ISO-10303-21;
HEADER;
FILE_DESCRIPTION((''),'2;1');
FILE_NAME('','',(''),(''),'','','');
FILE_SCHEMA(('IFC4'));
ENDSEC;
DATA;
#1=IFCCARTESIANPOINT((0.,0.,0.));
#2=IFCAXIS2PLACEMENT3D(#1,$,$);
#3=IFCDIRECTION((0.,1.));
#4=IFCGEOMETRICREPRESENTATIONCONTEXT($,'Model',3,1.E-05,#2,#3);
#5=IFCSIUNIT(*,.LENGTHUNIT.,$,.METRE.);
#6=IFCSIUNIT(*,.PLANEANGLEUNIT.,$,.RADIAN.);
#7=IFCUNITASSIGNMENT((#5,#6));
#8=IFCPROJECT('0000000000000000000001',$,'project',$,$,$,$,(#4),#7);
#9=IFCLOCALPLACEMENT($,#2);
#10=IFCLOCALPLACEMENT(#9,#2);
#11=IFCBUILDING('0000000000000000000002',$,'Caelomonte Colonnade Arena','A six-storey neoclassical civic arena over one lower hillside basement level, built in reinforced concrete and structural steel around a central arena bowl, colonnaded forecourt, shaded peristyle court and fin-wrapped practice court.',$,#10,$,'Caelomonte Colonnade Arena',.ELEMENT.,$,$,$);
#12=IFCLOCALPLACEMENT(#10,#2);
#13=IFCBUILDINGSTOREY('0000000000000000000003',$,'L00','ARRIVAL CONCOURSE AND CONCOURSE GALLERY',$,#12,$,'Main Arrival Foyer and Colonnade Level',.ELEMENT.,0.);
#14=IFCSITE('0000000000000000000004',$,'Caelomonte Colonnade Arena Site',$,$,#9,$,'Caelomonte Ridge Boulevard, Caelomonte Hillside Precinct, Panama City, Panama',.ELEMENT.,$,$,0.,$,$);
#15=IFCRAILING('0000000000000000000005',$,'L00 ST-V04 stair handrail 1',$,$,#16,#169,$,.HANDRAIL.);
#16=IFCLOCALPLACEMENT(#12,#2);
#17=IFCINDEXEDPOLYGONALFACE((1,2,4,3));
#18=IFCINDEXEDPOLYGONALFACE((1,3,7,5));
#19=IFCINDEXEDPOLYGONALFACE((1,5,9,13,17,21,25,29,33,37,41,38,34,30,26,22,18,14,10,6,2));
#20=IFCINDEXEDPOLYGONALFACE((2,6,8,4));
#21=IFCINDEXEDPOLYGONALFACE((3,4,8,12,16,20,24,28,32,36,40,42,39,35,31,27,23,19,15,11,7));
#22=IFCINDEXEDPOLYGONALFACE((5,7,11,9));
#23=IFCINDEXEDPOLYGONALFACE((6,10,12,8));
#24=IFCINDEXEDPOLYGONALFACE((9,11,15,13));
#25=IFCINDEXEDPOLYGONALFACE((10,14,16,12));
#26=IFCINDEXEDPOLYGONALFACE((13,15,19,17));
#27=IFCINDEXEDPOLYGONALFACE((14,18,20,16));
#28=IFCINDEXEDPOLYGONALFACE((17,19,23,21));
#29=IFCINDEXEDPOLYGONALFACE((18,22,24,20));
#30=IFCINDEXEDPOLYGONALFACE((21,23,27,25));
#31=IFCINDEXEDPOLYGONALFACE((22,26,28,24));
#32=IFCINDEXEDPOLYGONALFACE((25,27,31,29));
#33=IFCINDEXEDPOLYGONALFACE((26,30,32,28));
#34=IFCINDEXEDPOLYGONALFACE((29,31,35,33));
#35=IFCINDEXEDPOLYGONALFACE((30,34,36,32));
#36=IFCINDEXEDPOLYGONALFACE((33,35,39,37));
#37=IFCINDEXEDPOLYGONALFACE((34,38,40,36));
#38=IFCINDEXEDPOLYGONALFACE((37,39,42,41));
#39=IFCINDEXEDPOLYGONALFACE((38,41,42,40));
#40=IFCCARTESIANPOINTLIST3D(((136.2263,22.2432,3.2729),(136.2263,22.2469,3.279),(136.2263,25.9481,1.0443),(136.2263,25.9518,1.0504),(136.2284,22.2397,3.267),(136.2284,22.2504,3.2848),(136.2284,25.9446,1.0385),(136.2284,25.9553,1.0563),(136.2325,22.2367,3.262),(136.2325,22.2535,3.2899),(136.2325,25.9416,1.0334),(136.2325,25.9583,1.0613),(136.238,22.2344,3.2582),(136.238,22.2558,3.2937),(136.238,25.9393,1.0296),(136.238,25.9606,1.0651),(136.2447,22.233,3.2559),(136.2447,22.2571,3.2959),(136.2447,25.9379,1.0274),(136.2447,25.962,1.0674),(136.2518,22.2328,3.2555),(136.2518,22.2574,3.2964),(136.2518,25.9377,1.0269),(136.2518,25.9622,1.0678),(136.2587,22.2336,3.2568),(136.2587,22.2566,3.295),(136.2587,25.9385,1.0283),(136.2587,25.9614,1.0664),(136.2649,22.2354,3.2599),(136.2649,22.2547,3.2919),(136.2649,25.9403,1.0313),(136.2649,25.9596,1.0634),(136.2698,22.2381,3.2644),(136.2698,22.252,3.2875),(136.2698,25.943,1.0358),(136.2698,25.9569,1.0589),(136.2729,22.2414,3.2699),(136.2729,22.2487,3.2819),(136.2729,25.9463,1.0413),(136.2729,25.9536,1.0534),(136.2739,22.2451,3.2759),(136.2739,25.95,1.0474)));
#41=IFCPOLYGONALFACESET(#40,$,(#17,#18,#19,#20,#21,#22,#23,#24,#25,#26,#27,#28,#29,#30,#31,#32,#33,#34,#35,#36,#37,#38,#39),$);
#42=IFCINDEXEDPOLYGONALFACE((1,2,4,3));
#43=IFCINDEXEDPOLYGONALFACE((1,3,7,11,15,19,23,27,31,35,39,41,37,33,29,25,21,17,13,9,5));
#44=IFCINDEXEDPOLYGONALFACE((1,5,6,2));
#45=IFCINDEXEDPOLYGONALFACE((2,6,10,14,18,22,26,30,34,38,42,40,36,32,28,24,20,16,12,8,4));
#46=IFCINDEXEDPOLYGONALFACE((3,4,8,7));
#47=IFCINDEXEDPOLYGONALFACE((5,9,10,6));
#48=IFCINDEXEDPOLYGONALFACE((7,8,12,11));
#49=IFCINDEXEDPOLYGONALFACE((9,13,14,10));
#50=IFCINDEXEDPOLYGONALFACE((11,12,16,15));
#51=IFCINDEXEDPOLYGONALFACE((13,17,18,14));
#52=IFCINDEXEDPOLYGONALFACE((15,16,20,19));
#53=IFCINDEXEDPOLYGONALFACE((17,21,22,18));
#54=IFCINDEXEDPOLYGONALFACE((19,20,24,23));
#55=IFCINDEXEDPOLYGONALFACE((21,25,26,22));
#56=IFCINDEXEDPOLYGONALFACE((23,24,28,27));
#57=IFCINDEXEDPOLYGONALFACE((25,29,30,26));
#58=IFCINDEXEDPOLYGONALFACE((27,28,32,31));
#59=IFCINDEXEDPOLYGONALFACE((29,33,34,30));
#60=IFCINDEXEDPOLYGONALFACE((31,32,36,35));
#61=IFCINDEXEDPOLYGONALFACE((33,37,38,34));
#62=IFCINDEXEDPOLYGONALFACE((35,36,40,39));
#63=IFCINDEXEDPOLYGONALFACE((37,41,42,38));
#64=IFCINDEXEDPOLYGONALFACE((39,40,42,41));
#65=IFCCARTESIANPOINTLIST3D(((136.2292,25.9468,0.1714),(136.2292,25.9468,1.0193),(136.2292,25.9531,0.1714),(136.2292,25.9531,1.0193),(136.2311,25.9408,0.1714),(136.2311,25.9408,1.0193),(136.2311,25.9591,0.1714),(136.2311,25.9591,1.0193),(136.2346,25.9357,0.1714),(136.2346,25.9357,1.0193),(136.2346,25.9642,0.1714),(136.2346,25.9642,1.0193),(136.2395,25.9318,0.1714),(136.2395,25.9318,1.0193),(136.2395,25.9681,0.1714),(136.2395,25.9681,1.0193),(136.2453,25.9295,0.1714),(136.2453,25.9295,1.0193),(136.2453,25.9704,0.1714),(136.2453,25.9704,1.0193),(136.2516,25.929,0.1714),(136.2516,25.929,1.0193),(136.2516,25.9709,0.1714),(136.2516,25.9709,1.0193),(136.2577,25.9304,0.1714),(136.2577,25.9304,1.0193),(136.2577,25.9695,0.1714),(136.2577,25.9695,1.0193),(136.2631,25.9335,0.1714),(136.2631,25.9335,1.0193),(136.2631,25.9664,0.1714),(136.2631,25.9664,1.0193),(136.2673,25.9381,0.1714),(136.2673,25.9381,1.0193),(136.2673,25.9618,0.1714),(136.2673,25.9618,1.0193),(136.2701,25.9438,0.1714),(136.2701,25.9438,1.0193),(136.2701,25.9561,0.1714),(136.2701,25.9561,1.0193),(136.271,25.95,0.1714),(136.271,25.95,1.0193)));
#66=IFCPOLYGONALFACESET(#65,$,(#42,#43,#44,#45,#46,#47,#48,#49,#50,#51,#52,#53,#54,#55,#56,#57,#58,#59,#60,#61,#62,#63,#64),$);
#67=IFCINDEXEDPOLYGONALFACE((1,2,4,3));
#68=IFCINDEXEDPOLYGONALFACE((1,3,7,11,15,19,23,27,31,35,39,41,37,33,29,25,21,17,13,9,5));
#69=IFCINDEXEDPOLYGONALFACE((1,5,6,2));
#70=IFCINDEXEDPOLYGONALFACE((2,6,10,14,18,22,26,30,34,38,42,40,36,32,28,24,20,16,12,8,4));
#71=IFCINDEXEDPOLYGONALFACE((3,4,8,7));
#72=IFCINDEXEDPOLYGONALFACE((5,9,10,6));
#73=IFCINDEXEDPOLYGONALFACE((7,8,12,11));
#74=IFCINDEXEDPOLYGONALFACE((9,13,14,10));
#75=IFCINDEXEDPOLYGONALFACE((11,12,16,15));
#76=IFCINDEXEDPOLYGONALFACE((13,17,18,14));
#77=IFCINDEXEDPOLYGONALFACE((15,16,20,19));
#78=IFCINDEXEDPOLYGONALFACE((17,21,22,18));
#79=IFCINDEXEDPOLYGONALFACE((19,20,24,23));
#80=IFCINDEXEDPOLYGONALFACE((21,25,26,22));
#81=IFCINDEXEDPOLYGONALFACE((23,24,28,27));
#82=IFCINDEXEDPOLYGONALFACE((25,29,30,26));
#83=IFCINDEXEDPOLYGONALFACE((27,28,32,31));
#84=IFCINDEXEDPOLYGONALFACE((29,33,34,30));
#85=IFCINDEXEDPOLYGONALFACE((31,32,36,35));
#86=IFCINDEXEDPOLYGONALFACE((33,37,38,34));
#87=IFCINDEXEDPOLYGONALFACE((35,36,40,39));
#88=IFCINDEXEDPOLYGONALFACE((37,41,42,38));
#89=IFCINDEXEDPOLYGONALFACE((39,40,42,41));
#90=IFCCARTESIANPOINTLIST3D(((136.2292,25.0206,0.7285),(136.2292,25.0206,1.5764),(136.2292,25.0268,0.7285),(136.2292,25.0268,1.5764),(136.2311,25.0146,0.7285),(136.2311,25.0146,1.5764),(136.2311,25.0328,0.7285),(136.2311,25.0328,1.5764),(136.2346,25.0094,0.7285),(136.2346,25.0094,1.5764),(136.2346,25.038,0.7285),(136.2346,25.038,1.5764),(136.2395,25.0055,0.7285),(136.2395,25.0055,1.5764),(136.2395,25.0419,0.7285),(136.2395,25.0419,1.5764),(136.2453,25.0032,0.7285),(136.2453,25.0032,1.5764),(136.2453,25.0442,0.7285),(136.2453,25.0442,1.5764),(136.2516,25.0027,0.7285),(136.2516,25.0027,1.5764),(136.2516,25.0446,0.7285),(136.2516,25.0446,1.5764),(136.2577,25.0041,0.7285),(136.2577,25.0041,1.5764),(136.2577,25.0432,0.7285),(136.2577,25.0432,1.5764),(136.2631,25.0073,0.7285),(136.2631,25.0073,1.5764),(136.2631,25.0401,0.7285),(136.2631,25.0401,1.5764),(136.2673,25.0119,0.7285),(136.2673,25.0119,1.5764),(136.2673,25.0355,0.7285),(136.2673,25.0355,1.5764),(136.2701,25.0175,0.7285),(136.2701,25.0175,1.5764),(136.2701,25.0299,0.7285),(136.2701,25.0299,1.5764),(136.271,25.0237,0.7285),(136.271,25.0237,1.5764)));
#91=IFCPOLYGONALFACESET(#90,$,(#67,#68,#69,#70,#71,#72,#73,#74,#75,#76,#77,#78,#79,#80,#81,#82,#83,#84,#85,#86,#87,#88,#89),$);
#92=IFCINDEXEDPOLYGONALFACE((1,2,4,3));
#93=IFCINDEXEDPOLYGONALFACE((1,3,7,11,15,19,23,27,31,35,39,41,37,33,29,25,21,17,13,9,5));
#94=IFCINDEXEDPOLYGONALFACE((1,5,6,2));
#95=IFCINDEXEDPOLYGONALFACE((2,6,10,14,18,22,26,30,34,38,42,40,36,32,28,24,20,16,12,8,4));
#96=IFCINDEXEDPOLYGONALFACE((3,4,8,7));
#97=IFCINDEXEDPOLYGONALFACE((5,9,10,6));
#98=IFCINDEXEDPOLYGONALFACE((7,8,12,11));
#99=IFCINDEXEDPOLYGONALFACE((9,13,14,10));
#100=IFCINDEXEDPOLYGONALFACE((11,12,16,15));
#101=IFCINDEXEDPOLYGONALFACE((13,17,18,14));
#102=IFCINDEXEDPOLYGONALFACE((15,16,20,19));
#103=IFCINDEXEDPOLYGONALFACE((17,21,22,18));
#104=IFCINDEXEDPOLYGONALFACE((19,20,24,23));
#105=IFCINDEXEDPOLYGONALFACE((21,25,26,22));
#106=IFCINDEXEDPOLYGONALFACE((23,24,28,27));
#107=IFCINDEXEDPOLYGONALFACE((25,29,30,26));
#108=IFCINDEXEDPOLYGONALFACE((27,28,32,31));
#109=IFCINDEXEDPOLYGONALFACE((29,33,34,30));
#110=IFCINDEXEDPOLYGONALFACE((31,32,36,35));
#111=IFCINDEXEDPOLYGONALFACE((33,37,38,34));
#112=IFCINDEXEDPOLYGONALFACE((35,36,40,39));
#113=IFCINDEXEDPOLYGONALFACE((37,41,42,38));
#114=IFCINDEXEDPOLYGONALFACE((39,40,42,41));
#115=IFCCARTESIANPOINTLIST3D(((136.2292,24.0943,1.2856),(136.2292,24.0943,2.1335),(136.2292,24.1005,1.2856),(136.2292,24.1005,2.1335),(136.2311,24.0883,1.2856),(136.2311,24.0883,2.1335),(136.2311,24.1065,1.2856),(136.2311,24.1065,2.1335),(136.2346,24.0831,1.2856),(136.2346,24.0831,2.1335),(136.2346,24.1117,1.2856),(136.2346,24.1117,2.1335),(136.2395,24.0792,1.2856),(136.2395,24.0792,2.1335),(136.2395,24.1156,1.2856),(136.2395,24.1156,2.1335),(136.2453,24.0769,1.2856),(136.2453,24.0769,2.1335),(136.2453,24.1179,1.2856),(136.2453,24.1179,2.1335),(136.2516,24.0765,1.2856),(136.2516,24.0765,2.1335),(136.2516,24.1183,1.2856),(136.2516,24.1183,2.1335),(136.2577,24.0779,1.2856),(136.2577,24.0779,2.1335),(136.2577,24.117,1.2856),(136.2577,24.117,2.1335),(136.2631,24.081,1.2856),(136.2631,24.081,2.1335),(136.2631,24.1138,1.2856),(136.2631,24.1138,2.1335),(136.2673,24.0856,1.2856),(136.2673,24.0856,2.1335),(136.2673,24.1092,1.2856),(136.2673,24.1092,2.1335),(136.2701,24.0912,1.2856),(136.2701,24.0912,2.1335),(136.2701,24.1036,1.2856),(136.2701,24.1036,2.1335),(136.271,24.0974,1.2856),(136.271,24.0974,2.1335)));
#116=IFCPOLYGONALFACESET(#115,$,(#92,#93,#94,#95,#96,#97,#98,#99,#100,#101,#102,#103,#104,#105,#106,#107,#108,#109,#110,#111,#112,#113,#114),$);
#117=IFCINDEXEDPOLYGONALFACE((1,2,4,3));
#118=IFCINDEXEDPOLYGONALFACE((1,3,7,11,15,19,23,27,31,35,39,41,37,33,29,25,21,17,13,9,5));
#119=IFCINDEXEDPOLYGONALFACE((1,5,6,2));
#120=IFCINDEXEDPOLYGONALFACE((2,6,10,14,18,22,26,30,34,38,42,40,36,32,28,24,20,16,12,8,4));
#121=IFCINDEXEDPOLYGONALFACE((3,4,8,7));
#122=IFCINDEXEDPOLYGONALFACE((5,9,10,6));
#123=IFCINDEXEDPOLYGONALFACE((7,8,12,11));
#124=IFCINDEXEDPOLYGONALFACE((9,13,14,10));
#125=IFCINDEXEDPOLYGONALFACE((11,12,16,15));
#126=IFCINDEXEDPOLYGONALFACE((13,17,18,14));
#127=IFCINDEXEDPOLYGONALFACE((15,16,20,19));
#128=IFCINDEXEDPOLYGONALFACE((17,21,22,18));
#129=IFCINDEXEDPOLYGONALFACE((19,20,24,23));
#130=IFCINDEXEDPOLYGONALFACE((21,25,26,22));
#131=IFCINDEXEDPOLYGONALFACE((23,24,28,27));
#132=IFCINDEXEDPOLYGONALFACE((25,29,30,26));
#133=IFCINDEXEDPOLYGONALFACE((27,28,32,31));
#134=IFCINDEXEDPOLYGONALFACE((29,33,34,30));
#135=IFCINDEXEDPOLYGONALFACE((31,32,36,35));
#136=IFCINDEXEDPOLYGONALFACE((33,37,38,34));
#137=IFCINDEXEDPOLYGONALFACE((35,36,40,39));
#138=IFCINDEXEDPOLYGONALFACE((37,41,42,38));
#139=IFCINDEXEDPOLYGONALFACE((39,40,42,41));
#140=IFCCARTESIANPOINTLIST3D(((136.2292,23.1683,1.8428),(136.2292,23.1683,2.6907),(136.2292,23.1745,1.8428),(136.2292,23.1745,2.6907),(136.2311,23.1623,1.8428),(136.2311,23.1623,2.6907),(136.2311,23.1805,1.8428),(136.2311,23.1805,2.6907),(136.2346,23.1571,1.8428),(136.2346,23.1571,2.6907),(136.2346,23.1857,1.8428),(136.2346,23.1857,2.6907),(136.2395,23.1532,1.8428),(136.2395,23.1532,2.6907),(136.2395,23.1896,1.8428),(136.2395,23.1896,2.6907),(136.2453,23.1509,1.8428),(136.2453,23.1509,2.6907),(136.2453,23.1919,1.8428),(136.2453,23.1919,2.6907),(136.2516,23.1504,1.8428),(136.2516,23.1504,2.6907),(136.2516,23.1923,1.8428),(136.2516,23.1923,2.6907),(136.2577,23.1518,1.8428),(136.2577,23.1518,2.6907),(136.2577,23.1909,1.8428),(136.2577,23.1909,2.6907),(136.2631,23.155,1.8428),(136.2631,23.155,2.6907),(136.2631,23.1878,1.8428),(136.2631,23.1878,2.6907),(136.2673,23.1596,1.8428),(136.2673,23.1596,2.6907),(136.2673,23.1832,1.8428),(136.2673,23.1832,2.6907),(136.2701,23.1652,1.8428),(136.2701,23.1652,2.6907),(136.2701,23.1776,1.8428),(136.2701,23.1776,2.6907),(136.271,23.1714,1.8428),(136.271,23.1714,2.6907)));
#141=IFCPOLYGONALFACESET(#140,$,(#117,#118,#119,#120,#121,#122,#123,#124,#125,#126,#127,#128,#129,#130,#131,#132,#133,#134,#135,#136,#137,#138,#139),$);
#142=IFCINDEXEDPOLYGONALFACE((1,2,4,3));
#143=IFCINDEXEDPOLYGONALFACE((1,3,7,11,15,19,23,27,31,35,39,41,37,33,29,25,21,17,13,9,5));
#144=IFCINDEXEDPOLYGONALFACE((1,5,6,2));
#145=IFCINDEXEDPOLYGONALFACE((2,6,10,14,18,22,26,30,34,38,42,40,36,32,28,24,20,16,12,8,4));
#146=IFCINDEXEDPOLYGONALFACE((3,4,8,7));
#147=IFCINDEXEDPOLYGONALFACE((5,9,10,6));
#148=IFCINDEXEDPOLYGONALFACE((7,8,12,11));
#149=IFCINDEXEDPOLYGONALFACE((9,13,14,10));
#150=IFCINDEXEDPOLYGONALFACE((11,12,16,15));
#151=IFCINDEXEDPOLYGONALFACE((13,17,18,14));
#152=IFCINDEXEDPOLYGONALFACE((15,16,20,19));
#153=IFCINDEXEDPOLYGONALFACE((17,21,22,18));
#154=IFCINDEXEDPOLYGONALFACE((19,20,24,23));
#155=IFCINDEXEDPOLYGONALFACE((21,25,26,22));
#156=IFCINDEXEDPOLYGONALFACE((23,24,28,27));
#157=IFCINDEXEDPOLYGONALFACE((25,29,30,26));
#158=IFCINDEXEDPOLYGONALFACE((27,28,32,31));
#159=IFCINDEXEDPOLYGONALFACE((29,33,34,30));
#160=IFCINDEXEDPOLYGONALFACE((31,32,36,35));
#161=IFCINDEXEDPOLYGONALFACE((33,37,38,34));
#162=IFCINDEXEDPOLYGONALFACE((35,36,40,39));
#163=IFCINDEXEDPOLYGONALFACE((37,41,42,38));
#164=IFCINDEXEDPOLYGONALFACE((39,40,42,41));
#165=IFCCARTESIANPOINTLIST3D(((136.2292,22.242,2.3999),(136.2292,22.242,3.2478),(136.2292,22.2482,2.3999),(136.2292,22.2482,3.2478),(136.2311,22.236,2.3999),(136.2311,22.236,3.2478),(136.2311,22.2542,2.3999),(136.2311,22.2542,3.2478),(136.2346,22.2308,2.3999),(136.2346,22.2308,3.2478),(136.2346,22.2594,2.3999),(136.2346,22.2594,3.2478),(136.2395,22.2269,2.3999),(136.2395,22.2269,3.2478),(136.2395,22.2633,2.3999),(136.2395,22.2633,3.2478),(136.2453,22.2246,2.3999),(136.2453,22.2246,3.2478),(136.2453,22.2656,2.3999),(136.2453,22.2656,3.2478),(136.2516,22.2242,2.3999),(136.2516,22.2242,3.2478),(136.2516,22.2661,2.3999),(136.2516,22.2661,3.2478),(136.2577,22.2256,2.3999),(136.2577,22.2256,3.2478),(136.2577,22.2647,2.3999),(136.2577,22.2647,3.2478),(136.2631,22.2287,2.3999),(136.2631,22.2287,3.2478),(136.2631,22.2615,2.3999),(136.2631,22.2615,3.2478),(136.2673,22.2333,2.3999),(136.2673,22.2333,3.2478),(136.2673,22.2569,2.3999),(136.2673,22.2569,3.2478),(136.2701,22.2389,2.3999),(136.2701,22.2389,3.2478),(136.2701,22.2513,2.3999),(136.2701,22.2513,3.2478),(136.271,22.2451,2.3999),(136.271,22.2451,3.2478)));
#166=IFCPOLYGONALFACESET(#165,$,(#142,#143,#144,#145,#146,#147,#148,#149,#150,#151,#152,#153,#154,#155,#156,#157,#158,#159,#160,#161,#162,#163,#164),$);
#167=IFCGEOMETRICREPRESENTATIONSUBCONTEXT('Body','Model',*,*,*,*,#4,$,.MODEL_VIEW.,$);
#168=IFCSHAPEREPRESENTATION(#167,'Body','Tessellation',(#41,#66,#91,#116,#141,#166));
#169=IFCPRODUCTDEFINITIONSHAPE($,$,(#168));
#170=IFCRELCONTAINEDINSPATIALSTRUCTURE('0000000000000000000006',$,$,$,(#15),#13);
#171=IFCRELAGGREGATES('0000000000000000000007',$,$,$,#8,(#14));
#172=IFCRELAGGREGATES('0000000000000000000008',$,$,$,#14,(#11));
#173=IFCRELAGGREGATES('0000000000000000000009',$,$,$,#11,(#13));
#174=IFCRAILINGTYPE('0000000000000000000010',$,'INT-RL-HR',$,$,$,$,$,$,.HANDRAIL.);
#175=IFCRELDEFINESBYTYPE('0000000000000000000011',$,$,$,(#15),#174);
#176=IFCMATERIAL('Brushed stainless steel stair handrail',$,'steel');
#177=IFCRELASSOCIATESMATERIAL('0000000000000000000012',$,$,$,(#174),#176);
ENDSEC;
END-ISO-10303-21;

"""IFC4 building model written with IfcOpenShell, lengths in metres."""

from ifc_helpers import new_model, si_unit, direction, frame, origin, origin_2d, place, context, subcontext, project, spatial, circle, extrude, material, type_object, element, save


model = new_model("IFC4")

# Units and contexts
model_context = context("Model", 3, precision=1e-05, world=origin(), true_north=direction((0.0, 1.0)))
body_context = subcontext(model_context, "Body", "Model", "MODEL_VIEW")
ifc_project = project(units=[si_unit("LENGTHUNIT", "METRE"), si_unit("PLANEANGLEUNIT", "RADIAN")], contexts=[model_context])

# Site, building, storey
site_placement = place(None, origin())
site = spatial("IfcSite", under=ifc_project, at=site_placement, Name="Caelomonte Colonnade Arena Site", LongName="Caelomonte Ridge Boulevard, Caelomonte Hillside Precinct, Panama City, Panama", CompositionType="ELEMENT", RefElevation=0.0)
building_placement = place(site_placement, origin())
building = spatial("IfcBuilding", under=site, at=building_placement, Name="Caelomonte Colonnade Arena", Description="A six-storey neoclassical civic arena over one lower hillside basement level, built in reinforced concrete and structural steel around a central arena bowl, colonnaded forecourt, shaded peristyle court and fin-wrapped practice court.", LongName="Caelomonte Colonnade Arena", CompositionType="ELEMENT")
storey_placement = place(building_placement, origin())
storey = spatial("IfcBuildingStorey", under=building, at=storey_placement, Name="L00", Description="ARRIVAL CONCOURSE AND CONCOURSE GALLERY", LongName="Main Arrival Foyer and Colonnade Level", CompositionType="ELEMENT", Elevation=0.0)

# Railing
ifc_material_1 = material(Name="Brushed stainless steel stair handrail", Category="steel")
railing_type_1 = type_object("IfcRailingType", Name="INT-RL-HR", PredefinedType="HANDRAIL", material=ifc_material_1)
railing_1_placement = place(storey_placement, frame((136.25, 25.95, 0.1714)))
element("IfcRailing", 1, at=railing_1_placement, inside=storey, type_object=railing_type_1, Name="L00 ST-V04 stair handrail 1", PredefinedType="HANDRAIL", context=body_context, shape_type="SweptSolid", body=[
    extrude(circle(Radius=0.0239, at=origin_2d()), frame((0.0, 0.0, 0.876), z_axis=(0.0, -0.856919, 0.51545), x_axis=(1.0, 0.0, 0.0)), (0.0, 0.0, 1.0), 4.3235),
    extrude(circle(Radius=0.021, at=origin_2d()), origin(), (0.0, 0.0, 1.0), 0.8479),
    extrude(circle(Radius=0.021, at=origin_2d()), frame((0.0, -0.9263, 0.5571)), (0.0, 0.0, 1.0), 0.8479),
    extrude(circle(Radius=0.021, at=origin_2d()), frame((0.0, -1.8525, 1.1143)), (0.0, 0.0, 1.0), 0.8479),
    extrude(circle(Radius=0.021, at=origin_2d()), frame((0.0, -2.7786, 1.6714)), (0.0, 0.0, 1.0), 0.8479),
    extrude(circle(Radius=0.021, at=origin_2d()), frame((0.0, -3.7048, 2.2285)), (0.0, 0.0, 1.0), 0.8479),
])

save(model, "model.ifc")
